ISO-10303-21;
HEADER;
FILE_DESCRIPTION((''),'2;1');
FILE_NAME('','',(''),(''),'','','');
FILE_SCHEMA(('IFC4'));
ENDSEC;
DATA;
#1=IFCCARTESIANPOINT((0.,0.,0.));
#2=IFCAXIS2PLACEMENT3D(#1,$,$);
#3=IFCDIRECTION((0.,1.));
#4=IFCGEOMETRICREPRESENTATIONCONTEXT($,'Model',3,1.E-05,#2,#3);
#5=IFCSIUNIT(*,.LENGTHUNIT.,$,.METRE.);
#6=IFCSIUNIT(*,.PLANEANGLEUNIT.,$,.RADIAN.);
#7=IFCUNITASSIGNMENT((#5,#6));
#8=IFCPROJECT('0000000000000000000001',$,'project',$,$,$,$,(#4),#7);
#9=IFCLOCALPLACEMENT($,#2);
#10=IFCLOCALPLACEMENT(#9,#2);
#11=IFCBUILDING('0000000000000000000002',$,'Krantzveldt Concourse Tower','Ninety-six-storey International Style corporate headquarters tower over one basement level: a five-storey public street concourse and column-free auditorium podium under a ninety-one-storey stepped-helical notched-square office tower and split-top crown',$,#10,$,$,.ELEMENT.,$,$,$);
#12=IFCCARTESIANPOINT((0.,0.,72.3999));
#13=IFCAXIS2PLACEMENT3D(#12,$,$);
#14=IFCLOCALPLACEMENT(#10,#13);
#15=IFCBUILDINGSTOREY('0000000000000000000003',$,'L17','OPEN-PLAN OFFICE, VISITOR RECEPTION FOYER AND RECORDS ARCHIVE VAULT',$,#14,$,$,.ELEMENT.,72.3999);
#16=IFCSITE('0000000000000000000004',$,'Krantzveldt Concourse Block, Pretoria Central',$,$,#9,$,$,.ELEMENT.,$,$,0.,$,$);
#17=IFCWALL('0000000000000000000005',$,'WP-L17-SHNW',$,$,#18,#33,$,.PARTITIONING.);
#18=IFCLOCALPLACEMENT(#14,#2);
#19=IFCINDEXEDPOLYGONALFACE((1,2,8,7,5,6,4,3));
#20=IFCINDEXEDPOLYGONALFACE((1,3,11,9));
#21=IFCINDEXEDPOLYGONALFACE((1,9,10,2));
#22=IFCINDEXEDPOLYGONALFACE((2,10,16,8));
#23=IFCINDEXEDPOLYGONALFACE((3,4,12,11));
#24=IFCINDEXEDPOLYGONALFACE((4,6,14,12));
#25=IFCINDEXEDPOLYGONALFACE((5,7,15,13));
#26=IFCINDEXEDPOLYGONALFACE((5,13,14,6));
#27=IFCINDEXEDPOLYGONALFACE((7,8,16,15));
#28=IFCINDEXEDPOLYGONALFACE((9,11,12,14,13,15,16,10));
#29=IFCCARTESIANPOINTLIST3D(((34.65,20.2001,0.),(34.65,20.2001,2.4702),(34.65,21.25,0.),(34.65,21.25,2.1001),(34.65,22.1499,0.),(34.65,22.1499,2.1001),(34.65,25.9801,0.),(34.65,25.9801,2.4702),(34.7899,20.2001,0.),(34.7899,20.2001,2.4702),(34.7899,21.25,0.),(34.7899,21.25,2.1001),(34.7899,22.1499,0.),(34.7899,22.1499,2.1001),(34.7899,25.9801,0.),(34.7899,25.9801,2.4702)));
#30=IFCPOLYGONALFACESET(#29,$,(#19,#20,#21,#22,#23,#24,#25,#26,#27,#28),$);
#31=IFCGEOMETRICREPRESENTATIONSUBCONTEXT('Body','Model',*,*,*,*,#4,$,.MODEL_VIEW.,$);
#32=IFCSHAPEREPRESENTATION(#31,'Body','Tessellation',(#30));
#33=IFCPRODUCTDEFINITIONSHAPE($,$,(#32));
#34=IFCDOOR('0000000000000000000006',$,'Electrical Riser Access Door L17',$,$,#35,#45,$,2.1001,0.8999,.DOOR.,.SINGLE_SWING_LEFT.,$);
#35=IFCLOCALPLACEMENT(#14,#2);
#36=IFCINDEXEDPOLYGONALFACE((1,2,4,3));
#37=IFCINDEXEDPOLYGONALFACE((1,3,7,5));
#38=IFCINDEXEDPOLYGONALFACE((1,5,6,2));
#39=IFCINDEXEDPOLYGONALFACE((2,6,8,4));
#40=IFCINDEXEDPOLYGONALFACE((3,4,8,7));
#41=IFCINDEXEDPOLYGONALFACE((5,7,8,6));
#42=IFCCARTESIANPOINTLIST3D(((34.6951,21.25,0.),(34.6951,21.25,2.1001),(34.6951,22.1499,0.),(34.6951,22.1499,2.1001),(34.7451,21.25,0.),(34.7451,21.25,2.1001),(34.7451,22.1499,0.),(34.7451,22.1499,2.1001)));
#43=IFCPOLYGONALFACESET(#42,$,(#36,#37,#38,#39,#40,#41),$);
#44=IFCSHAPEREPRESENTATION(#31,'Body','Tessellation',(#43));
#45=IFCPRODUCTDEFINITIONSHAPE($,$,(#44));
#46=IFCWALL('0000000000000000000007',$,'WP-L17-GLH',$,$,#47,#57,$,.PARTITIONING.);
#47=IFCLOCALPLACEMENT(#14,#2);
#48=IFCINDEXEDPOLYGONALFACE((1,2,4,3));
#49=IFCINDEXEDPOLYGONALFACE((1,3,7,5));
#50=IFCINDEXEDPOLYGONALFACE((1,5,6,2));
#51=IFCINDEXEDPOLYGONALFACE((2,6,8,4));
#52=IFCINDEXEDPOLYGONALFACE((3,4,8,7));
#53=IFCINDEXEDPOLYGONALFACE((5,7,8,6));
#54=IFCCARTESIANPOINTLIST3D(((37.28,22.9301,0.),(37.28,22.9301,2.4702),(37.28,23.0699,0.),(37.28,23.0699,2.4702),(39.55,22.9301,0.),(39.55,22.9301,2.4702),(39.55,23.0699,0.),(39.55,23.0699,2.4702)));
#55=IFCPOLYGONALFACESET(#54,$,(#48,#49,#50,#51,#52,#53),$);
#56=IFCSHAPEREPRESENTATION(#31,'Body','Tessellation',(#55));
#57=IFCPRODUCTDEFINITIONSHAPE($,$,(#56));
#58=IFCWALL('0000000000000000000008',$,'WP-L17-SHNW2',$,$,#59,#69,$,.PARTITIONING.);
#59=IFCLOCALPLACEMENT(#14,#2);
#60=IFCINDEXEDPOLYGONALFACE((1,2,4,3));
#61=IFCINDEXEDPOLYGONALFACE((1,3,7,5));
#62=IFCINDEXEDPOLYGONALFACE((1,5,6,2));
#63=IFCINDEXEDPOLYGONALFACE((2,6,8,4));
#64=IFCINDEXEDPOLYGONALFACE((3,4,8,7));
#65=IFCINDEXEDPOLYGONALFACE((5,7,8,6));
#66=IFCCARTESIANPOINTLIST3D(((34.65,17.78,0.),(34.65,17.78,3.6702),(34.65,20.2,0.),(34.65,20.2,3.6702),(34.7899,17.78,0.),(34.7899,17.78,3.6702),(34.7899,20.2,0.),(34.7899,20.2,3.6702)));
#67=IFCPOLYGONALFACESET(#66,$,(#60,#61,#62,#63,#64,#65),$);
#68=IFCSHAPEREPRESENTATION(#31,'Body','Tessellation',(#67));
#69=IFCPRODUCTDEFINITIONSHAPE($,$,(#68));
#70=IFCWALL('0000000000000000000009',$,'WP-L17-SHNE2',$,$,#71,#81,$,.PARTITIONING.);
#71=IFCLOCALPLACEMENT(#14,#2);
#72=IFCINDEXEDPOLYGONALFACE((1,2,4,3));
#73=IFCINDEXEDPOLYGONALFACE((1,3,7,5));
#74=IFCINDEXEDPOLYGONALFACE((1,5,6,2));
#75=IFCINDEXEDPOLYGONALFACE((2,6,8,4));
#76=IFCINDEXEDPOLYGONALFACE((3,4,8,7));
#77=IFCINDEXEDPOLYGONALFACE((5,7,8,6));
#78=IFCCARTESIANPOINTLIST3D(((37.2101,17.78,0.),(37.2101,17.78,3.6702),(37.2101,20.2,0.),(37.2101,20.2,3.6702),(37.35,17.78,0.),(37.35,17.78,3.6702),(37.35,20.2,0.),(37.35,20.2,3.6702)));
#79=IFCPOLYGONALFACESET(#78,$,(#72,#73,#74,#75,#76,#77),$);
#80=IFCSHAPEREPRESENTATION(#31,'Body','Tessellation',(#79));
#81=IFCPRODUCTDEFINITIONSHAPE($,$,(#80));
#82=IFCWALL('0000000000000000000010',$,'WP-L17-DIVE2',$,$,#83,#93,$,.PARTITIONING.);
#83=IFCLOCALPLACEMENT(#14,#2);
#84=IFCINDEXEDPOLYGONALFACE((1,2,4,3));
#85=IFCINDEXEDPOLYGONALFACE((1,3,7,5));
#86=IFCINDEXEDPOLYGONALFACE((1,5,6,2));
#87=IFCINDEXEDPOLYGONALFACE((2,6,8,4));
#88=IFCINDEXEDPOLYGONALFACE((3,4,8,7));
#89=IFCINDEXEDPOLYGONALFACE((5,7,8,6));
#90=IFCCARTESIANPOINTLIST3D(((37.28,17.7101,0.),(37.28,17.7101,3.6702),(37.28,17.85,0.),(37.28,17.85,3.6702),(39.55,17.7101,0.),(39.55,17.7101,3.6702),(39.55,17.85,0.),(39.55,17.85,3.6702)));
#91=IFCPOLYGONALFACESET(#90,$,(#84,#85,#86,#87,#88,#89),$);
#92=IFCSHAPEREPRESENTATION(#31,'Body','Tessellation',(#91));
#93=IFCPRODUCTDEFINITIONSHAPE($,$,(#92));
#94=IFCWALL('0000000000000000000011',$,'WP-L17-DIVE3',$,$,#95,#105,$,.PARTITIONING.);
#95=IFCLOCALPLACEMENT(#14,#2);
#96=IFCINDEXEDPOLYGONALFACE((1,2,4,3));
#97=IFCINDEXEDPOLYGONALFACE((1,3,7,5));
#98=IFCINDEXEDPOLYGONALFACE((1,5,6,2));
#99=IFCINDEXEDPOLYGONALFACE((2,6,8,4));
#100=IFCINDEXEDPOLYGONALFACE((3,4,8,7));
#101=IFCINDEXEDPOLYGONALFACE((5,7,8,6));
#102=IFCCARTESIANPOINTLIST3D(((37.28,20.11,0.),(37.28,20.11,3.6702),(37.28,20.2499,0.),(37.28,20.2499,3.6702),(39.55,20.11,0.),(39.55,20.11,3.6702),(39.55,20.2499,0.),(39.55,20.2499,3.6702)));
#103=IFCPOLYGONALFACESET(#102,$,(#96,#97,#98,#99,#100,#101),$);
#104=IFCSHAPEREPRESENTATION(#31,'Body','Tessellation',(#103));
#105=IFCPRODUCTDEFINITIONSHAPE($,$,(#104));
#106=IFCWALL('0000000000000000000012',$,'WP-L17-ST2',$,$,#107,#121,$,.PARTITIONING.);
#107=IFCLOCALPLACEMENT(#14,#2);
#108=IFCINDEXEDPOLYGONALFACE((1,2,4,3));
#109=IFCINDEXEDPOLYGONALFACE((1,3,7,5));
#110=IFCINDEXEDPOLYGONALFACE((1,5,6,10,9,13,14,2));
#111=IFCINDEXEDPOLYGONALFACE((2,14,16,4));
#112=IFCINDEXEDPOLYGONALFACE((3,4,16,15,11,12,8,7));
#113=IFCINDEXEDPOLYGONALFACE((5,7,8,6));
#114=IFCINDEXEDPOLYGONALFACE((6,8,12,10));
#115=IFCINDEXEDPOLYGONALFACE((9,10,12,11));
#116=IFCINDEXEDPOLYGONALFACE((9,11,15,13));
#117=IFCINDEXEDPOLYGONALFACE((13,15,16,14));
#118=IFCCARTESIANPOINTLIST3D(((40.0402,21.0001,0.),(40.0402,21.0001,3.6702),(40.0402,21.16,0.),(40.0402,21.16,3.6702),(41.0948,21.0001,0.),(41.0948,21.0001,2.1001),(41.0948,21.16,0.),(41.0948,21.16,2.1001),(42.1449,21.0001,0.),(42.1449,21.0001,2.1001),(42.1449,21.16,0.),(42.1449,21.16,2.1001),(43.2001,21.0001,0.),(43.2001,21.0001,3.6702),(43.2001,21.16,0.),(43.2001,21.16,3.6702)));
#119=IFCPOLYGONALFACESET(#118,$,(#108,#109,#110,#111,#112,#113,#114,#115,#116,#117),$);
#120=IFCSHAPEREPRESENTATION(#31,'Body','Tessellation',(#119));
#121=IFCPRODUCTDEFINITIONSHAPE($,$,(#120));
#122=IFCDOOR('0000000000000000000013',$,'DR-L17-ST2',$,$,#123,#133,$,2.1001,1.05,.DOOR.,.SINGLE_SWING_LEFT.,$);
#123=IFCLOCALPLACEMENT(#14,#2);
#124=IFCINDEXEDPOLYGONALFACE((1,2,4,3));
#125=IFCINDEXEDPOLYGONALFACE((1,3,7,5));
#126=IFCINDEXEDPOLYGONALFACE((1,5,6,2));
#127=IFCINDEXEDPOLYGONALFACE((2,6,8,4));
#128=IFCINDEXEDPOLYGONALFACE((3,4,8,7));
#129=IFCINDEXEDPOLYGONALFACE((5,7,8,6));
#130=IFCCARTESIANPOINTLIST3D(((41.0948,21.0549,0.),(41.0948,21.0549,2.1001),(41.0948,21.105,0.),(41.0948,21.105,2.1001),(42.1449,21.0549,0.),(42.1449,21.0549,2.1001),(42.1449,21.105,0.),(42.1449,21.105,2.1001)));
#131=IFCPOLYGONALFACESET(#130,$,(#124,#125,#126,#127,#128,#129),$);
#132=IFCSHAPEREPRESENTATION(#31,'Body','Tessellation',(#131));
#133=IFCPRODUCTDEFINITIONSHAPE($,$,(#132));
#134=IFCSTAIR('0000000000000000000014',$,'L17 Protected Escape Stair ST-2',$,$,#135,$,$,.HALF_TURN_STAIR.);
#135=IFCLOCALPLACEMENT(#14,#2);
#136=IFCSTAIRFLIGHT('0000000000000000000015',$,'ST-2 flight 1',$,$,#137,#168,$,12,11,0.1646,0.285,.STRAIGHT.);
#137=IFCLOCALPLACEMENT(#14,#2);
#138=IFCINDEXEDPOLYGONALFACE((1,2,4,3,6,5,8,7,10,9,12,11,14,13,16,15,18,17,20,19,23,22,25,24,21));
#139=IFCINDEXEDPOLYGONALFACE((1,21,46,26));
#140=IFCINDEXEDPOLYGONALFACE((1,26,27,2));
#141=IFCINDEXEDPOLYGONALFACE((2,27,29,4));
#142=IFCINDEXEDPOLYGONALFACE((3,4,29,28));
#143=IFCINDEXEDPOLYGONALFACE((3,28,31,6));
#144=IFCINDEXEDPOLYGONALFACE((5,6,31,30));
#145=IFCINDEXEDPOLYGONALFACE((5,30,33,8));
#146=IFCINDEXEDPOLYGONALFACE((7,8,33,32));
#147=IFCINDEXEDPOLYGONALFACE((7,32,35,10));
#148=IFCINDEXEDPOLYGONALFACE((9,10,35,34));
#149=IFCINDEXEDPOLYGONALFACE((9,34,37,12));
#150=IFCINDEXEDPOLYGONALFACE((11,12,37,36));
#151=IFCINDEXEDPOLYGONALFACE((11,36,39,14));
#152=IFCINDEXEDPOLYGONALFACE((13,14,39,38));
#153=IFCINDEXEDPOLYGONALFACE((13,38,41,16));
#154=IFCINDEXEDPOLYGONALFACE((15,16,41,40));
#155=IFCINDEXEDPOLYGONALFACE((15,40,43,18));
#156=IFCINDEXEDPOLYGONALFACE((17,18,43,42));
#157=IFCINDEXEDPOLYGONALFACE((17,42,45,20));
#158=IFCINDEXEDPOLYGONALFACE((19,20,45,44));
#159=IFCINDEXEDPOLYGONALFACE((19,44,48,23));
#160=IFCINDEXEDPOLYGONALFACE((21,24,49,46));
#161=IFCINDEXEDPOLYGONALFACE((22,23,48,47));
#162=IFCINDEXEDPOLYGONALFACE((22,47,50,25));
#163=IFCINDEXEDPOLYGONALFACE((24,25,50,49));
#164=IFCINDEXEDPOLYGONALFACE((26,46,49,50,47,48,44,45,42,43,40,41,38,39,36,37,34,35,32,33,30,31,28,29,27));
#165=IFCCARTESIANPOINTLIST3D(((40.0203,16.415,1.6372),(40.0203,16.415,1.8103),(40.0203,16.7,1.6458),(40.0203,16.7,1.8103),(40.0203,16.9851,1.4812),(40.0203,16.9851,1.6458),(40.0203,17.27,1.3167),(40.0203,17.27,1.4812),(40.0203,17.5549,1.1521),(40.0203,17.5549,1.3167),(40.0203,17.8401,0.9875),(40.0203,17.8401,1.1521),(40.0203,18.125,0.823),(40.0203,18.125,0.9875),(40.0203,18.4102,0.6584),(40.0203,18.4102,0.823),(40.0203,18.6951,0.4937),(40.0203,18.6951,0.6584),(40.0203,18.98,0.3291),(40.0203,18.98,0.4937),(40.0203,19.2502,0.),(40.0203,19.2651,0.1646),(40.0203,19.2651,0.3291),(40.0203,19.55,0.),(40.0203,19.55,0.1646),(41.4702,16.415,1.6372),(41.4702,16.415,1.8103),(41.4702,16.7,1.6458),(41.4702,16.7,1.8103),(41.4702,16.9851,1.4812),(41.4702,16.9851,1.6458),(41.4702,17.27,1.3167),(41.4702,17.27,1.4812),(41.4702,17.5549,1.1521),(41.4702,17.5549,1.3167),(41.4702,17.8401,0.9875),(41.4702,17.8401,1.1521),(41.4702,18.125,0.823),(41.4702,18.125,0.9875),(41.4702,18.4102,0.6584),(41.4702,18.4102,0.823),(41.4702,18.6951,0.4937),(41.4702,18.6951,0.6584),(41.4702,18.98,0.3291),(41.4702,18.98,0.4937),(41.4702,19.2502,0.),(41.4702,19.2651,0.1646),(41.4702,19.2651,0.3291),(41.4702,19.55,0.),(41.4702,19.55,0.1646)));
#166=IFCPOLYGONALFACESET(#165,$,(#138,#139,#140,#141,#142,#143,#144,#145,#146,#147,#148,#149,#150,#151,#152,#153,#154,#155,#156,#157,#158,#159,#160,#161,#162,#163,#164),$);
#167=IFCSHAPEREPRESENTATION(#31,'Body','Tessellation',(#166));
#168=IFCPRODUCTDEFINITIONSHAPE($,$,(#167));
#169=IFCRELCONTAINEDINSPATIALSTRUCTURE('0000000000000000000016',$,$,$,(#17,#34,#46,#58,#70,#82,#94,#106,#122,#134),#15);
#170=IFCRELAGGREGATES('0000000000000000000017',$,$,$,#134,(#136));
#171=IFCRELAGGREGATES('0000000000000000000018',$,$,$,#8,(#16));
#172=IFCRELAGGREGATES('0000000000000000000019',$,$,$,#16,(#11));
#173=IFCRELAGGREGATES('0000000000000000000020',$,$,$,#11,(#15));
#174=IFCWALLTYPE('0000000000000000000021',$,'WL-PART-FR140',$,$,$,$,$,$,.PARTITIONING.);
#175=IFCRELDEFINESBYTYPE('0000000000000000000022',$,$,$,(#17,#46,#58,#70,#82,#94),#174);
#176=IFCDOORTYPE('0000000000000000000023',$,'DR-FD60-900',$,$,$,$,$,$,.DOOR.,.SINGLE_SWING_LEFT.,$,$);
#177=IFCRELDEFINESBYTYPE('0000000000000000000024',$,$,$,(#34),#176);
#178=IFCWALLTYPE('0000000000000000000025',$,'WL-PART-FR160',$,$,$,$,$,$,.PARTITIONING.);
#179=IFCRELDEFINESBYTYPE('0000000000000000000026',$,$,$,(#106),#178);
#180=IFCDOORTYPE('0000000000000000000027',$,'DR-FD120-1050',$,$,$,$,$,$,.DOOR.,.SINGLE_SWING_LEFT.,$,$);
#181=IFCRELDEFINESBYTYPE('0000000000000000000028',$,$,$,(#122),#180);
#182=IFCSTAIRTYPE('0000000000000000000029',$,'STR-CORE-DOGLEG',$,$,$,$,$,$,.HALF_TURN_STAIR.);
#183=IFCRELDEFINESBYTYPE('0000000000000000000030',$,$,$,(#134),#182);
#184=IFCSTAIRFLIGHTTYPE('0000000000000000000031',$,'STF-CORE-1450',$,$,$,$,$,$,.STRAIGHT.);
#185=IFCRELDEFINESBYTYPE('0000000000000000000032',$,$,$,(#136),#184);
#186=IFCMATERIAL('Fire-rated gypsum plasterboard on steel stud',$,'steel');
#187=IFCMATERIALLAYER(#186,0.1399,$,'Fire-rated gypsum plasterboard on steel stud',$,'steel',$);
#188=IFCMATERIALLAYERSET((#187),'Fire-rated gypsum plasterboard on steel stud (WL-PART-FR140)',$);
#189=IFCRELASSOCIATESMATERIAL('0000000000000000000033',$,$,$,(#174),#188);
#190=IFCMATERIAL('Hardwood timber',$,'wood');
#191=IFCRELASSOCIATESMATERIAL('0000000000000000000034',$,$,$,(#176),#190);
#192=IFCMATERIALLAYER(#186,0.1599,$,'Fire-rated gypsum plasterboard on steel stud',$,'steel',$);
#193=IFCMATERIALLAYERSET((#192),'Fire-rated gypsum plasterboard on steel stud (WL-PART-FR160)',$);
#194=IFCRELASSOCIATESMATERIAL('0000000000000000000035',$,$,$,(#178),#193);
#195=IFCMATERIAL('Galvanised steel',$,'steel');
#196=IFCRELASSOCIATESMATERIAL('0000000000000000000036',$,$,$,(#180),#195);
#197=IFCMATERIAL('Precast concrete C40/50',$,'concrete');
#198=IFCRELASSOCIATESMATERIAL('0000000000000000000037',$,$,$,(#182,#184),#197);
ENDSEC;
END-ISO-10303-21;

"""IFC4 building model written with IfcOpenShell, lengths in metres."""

from ifc_helpers import new_model, si_unit, direction, frame, frame_2d, origin, place, context, subcontext, project, spatial, polyline, rectangle, outline, extrude, material, layer, layer_set, type_object, element, fill, aggregate, save


model = new_model("IFC4")

# Units and contexts
model_context = context("Model", 3, precision=1e-05, world=origin(), true_north=direction((0.0, 1.0)))
body_context = subcontext(model_context, "Body", "Model", "MODEL_VIEW")
ifc_project = project(units=[si_unit("LENGTHUNIT", "METRE"), si_unit("PLANEANGLEUNIT", "RADIAN")], contexts=[model_context])

# Site, building, storey
site_placement = place(None, origin())
site = spatial("IfcSite", under=ifc_project, at=site_placement, Name="Krantzveldt Concourse Block, Pretoria Central", CompositionType="ELEMENT", RefElevation=0.0)
building_placement = place(site_placement, origin())
building = spatial("IfcBuilding", under=site, at=building_placement, Name="Krantzveldt Concourse Tower", Description="Ninety-six-storey International Style corporate headquarters tower over one basement level: a five-storey public street concourse and column-free auditorium podium under a ninety-one-storey stepped-helical notched-square office tower and split-top crown", CompositionType="ELEMENT")
storey_placement = place(building_placement, frame((0.0, 0.0, 72.3999)))
storey = spatial("IfcBuildingStorey", under=building, at=storey_placement, Name="L17", Description="OPEN-PLAN OFFICE, VISITOR RECEPTION FOYER AND RECORDS ARCHIVE VAULT", CompositionType="ELEMENT", Elevation=72.3999)

# Wall, opening, door
ifc_material_1 = material(Name="Fire-rated gypsum plasterboard on steel stud", Category="steel")
ifc_layer_1 = layer(ifc_material_1, 0.1399, Name="Fire-rated gypsum plasterboard on steel stud", Category="steel")
ifc_layer_set_1 = layer_set([ifc_layer_1], Name="Fire-rated gypsum plasterboard on steel stud (WL-PART-FR140)")
wall_type_1 = type_object("IfcWallType", Name="WL-PART-FR140", PredefinedType="PARTITIONING", material=ifc_layer_set_1)
wall_1_placement = place(storey_placement, frame((34.72, 20.2, 0.0), z_axis=(0.0, 0.0, 1.0), x_axis=(0.0, 1.0, 0.0)))
wall_1 = element("IfcWall", 1, at=wall_1_placement, inside=storey, type_object=wall_type_1, Name="WP-L17-SHNW", PredefinedType="PARTITIONING", context=body_context, shape_type="SweptSolid", body=[
    extrude(rectangle(XDim=5.78, YDim=0.1399, at=frame_2d((2.8901, 0.0))), origin(), (0.0, 0.0, 1.0), 2.4702),
])
opening_1_placement = place(wall_1_placement, frame((1.05, 0.0, 0.0)))
opening_1 = element("IfcOpeningElement", 2, at=opening_1_placement, cuts=wall_1, PredefinedType="OPENING", context=body_context, shape_type="SweptSolid", body=[
    extrude(rectangle(XDim=0.8999, YDim=2.1001, at=frame_2d((0.45, 1.05))), frame((0.0, 0.0801, 0.0), z_axis=(0.0, -1.0, 0.0), x_axis=(1.0, 0.0, 0.0)), (0.0, 0.0, 1.0), 0.1599),
])
ifc_material_2 = material(Name="Hardwood timber", Category="wood")
door_type_1 = type_object("IfcDoorType", Name="DR-FD60-900", OperationType="SINGLE_SWING_LEFT", PredefinedType="DOOR", material=ifc_material_2)
door_1_placement = place(opening_1_placement, origin())
door_1 = element("IfcDoor", 3, at=door_1_placement, inside=storey, type_object=door_type_1, Name="Electrical Riser Access Door L17", OperationType="SINGLE_SWING_LEFT", OverallHeight=2.1001, OverallWidth=0.8999, PredefinedType="DOOR", context=body_context, shape_type="SweptSolid", body=[
    extrude(rectangle(XDim=0.8999, YDim=2.1001, at=frame_2d((0.45, 1.05))), frame((0.0, 0.0249, 0.0), z_axis=(0.0, -1.0, 0.0), x_axis=(1.0, 0.0, 0.0)), (0.0, 0.0, 1.0), 0.05),
])
fill(opening_1, door_1)

# Walls
wall_2_placement = place(storey_placement, frame((37.28, 23.0, 0.0), z_axis=(0.0, 0.0, 1.0), x_axis=(1.0, 0.0, 0.0)))
element("IfcWall", 4, at=wall_2_placement, inside=storey, type_object=wall_type_1, Name="WP-L17-GLH", PredefinedType="PARTITIONING", context=body_context, shape_type="SweptSolid", body=[
    extrude(rectangle(XDim=2.27, YDim=0.1399, at=frame_2d((1.135, 0.0))), origin(), (0.0, 0.0, 1.0), 2.4702),
])
for number, where, z_axis, x_axis, name in (
    (5, (34.72, 17.78, 0.0), (0.0, 0.0, 1.0), (0.0, 1.0, 0.0), "WP-L17-SHNW2"),
    (6, (37.28, 17.78, 0.0), (0.0, 0.0, 1.0), (0.0, 1.0, 0.0), "WP-L17-SHNE2"),
):
    element("IfcWall", number, at=place(storey_placement, frame(where, z_axis=z_axis, x_axis=x_axis)), inside=storey, type_object=wall_type_1, Name=name, PredefinedType="PARTITIONING", context=body_context, shape_type="SweptSolid", body=[
        extrude(rectangle(XDim=2.4199, YDim=0.1399, at=frame_2d((1.21, 0.0))), origin(), (0.0, 0.0, 1.0), 3.6702),
    ])
for number, where, z_axis, x_axis, name in (
    (7, (37.28, 17.78, 0.0), (0.0, 0.0, 1.0), (1.0, 0.0, 0.0), "WP-L17-DIVE2"),
    (8, (37.28, 20.1799, 0.0), (0.0, 0.0, 1.0), (1.0, 0.0, 0.0), "WP-L17-DIVE3"),
):
    element("IfcWall", number, at=place(storey_placement, frame(where, z_axis=z_axis, x_axis=x_axis)), inside=storey, type_object=wall_type_1, Name=name, PredefinedType="PARTITIONING", context=body_context, shape_type="SweptSolid", body=[
        extrude(rectangle(XDim=2.27, YDim=0.1399, at=frame_2d((1.135, 0.0))), origin(), (0.0, 0.0, 1.0), 3.6702),
    ])

# Wall, opening, door
ifc_layer_2 = layer(ifc_material_1, 0.1599, Name="Fire-rated gypsum plasterboard on steel stud", Category="steel")
ifc_layer_set_2 = layer_set([ifc_layer_2], Name="Fire-rated gypsum plasterboard on steel stud (WL-PART-FR160)")
wall_type_2 = type_object("IfcWallType", Name="WL-PART-FR160", PredefinedType="PARTITIONING", material=ifc_layer_set_2)
wall_3_placement = place(storey_placement, frame((40.04, 21.0801, 0.0), z_axis=(0.0, 0.0, 1.0), x_axis=(1.0, 0.0, 0.0)))
wall_3 = element("IfcWall", 9, at=wall_3_placement, inside=storey, type_object=wall_type_2, Name="WP-L17-ST2", PredefinedType="PARTITIONING", context=body_context, shape_type="SweptSolid", body=[
    extrude(rectangle(XDim=3.1599, YDim=0.1599, at=frame_2d((1.5801, 0.0))), origin(), (0.0, 0.0, 1.0), 3.6702),
])
opening_2_placement = place(wall_3_placement, frame((1.0549, 0.0, 0.0)))
opening_2 = element("IfcOpeningElement", 10, at=opening_2_placement, cuts=wall_3, PredefinedType="OPENING", context=body_context, shape_type="SweptSolid", body=[
    extrude(rectangle(XDim=1.05, YDim=2.1001, at=frame_2d((0.5249, 1.05))), frame((0.0, 0.0898, 0.0), z_axis=(0.0, -1.0, 0.0), x_axis=(1.0, 0.0, 0.0)), (0.0, 0.0, 1.0), 0.1799),
])
ifc_material_3 = material(Name="Galvanised steel", Category="steel")
door_type_2 = type_object("IfcDoorType", Name="DR-FD120-1050", OperationType="SINGLE_SWING_LEFT", PredefinedType="DOOR", material=ifc_material_3)
door_2_placement = place(opening_2_placement, origin())
door_2 = element("IfcDoor", 11, at=door_2_placement, inside=storey, type_object=door_type_2, Name="DR-L17-ST2", OperationType="SINGLE_SWING_LEFT", OverallHeight=2.1001, OverallWidth=1.05, PredefinedType="DOOR", context=body_context, shape_type="SweptSolid", body=[
    extrude(rectangle(XDim=1.05, YDim=2.1001, at=frame_2d((0.5249, 1.05))), frame((0.0, 0.0249, 0.0), z_axis=(0.0, -1.0, 0.0), x_axis=(1.0, 0.0, 0.0)), (0.0, 0.0, 1.0), 0.05),
])
fill(opening_2, door_2)

# Stair, stair flight
ifc_material_4 = material(Name="Precast concrete C40/50", Category="concrete")
stair_type = type_object("IfcStairType", Name="STR-CORE-DOGLEG", PredefinedType="HALF_TURN_STAIR", material=ifc_material_4)
stair_placement = place(storey_placement, origin())
stair = element("IfcStair", 12, at=stair_placement, inside=storey, type_object=stair_type, Name="L17 Protected Escape Stair ST-2", PredefinedType="HALF_TURN_STAIR")
stair_flight_type = type_object("IfcStairFlightType", Name="STF-CORE-1450", PredefinedType="STRAIGHT", material=ifc_material_4)
stair_flight_1_placement = place(storey_placement, frame((40.7451, 19.55, 0.0), z_axis=(0.0, 0.0, 1.0), x_axis=(0.0, -1.0, 0.0)))
stair_flight_1 = element("IfcStairFlight", 13, at=stair_flight_1_placement, type_object=stair_flight_type, Name="ST-2 flight 1", NumberOfRisers=12, NumberOfTreads=11, PredefinedType="STRAIGHT", RiserHeight=0.1646, TreadLength=0.285, context=body_context, shape_type="SweptSolid", body=[
    extrude(outline(polyline([(0.0, 0.0), (0.0, 0.1646), (0.2849, 0.1646), (0.2849, 0.3291), (0.5701, 0.3291), (0.5701, 0.4937), (0.855, 0.4937), (0.855, 0.6584), (1.1399, 0.6584), (1.1399, 0.823), (1.425, 0.823), (1.425, 0.9875), (1.71, 0.9875), (1.71, 1.1521), (1.9951, 1.1521), (1.9951, 1.3167), (2.28, 1.3167), (2.28, 1.4812), (2.5649, 1.4812), (2.5649, 1.6458), (2.8501, 1.6458), (2.8501, 1.8103), (3.135, 1.8103), (3.135, 1.9751), (3.135, 1.6372), (0.2998, 0.0), (0.0, 0.0)])), frame((0.0, 0.7251, 0.0), z_axis=(0.0, -1.0, 0.0), x_axis=(1.0, 0.0, 0.0)), (0.0, 0.0, 1.0), 1.45),
])
aggregate(stair, [stair_flight_1])

save(model, "model.ifc")
